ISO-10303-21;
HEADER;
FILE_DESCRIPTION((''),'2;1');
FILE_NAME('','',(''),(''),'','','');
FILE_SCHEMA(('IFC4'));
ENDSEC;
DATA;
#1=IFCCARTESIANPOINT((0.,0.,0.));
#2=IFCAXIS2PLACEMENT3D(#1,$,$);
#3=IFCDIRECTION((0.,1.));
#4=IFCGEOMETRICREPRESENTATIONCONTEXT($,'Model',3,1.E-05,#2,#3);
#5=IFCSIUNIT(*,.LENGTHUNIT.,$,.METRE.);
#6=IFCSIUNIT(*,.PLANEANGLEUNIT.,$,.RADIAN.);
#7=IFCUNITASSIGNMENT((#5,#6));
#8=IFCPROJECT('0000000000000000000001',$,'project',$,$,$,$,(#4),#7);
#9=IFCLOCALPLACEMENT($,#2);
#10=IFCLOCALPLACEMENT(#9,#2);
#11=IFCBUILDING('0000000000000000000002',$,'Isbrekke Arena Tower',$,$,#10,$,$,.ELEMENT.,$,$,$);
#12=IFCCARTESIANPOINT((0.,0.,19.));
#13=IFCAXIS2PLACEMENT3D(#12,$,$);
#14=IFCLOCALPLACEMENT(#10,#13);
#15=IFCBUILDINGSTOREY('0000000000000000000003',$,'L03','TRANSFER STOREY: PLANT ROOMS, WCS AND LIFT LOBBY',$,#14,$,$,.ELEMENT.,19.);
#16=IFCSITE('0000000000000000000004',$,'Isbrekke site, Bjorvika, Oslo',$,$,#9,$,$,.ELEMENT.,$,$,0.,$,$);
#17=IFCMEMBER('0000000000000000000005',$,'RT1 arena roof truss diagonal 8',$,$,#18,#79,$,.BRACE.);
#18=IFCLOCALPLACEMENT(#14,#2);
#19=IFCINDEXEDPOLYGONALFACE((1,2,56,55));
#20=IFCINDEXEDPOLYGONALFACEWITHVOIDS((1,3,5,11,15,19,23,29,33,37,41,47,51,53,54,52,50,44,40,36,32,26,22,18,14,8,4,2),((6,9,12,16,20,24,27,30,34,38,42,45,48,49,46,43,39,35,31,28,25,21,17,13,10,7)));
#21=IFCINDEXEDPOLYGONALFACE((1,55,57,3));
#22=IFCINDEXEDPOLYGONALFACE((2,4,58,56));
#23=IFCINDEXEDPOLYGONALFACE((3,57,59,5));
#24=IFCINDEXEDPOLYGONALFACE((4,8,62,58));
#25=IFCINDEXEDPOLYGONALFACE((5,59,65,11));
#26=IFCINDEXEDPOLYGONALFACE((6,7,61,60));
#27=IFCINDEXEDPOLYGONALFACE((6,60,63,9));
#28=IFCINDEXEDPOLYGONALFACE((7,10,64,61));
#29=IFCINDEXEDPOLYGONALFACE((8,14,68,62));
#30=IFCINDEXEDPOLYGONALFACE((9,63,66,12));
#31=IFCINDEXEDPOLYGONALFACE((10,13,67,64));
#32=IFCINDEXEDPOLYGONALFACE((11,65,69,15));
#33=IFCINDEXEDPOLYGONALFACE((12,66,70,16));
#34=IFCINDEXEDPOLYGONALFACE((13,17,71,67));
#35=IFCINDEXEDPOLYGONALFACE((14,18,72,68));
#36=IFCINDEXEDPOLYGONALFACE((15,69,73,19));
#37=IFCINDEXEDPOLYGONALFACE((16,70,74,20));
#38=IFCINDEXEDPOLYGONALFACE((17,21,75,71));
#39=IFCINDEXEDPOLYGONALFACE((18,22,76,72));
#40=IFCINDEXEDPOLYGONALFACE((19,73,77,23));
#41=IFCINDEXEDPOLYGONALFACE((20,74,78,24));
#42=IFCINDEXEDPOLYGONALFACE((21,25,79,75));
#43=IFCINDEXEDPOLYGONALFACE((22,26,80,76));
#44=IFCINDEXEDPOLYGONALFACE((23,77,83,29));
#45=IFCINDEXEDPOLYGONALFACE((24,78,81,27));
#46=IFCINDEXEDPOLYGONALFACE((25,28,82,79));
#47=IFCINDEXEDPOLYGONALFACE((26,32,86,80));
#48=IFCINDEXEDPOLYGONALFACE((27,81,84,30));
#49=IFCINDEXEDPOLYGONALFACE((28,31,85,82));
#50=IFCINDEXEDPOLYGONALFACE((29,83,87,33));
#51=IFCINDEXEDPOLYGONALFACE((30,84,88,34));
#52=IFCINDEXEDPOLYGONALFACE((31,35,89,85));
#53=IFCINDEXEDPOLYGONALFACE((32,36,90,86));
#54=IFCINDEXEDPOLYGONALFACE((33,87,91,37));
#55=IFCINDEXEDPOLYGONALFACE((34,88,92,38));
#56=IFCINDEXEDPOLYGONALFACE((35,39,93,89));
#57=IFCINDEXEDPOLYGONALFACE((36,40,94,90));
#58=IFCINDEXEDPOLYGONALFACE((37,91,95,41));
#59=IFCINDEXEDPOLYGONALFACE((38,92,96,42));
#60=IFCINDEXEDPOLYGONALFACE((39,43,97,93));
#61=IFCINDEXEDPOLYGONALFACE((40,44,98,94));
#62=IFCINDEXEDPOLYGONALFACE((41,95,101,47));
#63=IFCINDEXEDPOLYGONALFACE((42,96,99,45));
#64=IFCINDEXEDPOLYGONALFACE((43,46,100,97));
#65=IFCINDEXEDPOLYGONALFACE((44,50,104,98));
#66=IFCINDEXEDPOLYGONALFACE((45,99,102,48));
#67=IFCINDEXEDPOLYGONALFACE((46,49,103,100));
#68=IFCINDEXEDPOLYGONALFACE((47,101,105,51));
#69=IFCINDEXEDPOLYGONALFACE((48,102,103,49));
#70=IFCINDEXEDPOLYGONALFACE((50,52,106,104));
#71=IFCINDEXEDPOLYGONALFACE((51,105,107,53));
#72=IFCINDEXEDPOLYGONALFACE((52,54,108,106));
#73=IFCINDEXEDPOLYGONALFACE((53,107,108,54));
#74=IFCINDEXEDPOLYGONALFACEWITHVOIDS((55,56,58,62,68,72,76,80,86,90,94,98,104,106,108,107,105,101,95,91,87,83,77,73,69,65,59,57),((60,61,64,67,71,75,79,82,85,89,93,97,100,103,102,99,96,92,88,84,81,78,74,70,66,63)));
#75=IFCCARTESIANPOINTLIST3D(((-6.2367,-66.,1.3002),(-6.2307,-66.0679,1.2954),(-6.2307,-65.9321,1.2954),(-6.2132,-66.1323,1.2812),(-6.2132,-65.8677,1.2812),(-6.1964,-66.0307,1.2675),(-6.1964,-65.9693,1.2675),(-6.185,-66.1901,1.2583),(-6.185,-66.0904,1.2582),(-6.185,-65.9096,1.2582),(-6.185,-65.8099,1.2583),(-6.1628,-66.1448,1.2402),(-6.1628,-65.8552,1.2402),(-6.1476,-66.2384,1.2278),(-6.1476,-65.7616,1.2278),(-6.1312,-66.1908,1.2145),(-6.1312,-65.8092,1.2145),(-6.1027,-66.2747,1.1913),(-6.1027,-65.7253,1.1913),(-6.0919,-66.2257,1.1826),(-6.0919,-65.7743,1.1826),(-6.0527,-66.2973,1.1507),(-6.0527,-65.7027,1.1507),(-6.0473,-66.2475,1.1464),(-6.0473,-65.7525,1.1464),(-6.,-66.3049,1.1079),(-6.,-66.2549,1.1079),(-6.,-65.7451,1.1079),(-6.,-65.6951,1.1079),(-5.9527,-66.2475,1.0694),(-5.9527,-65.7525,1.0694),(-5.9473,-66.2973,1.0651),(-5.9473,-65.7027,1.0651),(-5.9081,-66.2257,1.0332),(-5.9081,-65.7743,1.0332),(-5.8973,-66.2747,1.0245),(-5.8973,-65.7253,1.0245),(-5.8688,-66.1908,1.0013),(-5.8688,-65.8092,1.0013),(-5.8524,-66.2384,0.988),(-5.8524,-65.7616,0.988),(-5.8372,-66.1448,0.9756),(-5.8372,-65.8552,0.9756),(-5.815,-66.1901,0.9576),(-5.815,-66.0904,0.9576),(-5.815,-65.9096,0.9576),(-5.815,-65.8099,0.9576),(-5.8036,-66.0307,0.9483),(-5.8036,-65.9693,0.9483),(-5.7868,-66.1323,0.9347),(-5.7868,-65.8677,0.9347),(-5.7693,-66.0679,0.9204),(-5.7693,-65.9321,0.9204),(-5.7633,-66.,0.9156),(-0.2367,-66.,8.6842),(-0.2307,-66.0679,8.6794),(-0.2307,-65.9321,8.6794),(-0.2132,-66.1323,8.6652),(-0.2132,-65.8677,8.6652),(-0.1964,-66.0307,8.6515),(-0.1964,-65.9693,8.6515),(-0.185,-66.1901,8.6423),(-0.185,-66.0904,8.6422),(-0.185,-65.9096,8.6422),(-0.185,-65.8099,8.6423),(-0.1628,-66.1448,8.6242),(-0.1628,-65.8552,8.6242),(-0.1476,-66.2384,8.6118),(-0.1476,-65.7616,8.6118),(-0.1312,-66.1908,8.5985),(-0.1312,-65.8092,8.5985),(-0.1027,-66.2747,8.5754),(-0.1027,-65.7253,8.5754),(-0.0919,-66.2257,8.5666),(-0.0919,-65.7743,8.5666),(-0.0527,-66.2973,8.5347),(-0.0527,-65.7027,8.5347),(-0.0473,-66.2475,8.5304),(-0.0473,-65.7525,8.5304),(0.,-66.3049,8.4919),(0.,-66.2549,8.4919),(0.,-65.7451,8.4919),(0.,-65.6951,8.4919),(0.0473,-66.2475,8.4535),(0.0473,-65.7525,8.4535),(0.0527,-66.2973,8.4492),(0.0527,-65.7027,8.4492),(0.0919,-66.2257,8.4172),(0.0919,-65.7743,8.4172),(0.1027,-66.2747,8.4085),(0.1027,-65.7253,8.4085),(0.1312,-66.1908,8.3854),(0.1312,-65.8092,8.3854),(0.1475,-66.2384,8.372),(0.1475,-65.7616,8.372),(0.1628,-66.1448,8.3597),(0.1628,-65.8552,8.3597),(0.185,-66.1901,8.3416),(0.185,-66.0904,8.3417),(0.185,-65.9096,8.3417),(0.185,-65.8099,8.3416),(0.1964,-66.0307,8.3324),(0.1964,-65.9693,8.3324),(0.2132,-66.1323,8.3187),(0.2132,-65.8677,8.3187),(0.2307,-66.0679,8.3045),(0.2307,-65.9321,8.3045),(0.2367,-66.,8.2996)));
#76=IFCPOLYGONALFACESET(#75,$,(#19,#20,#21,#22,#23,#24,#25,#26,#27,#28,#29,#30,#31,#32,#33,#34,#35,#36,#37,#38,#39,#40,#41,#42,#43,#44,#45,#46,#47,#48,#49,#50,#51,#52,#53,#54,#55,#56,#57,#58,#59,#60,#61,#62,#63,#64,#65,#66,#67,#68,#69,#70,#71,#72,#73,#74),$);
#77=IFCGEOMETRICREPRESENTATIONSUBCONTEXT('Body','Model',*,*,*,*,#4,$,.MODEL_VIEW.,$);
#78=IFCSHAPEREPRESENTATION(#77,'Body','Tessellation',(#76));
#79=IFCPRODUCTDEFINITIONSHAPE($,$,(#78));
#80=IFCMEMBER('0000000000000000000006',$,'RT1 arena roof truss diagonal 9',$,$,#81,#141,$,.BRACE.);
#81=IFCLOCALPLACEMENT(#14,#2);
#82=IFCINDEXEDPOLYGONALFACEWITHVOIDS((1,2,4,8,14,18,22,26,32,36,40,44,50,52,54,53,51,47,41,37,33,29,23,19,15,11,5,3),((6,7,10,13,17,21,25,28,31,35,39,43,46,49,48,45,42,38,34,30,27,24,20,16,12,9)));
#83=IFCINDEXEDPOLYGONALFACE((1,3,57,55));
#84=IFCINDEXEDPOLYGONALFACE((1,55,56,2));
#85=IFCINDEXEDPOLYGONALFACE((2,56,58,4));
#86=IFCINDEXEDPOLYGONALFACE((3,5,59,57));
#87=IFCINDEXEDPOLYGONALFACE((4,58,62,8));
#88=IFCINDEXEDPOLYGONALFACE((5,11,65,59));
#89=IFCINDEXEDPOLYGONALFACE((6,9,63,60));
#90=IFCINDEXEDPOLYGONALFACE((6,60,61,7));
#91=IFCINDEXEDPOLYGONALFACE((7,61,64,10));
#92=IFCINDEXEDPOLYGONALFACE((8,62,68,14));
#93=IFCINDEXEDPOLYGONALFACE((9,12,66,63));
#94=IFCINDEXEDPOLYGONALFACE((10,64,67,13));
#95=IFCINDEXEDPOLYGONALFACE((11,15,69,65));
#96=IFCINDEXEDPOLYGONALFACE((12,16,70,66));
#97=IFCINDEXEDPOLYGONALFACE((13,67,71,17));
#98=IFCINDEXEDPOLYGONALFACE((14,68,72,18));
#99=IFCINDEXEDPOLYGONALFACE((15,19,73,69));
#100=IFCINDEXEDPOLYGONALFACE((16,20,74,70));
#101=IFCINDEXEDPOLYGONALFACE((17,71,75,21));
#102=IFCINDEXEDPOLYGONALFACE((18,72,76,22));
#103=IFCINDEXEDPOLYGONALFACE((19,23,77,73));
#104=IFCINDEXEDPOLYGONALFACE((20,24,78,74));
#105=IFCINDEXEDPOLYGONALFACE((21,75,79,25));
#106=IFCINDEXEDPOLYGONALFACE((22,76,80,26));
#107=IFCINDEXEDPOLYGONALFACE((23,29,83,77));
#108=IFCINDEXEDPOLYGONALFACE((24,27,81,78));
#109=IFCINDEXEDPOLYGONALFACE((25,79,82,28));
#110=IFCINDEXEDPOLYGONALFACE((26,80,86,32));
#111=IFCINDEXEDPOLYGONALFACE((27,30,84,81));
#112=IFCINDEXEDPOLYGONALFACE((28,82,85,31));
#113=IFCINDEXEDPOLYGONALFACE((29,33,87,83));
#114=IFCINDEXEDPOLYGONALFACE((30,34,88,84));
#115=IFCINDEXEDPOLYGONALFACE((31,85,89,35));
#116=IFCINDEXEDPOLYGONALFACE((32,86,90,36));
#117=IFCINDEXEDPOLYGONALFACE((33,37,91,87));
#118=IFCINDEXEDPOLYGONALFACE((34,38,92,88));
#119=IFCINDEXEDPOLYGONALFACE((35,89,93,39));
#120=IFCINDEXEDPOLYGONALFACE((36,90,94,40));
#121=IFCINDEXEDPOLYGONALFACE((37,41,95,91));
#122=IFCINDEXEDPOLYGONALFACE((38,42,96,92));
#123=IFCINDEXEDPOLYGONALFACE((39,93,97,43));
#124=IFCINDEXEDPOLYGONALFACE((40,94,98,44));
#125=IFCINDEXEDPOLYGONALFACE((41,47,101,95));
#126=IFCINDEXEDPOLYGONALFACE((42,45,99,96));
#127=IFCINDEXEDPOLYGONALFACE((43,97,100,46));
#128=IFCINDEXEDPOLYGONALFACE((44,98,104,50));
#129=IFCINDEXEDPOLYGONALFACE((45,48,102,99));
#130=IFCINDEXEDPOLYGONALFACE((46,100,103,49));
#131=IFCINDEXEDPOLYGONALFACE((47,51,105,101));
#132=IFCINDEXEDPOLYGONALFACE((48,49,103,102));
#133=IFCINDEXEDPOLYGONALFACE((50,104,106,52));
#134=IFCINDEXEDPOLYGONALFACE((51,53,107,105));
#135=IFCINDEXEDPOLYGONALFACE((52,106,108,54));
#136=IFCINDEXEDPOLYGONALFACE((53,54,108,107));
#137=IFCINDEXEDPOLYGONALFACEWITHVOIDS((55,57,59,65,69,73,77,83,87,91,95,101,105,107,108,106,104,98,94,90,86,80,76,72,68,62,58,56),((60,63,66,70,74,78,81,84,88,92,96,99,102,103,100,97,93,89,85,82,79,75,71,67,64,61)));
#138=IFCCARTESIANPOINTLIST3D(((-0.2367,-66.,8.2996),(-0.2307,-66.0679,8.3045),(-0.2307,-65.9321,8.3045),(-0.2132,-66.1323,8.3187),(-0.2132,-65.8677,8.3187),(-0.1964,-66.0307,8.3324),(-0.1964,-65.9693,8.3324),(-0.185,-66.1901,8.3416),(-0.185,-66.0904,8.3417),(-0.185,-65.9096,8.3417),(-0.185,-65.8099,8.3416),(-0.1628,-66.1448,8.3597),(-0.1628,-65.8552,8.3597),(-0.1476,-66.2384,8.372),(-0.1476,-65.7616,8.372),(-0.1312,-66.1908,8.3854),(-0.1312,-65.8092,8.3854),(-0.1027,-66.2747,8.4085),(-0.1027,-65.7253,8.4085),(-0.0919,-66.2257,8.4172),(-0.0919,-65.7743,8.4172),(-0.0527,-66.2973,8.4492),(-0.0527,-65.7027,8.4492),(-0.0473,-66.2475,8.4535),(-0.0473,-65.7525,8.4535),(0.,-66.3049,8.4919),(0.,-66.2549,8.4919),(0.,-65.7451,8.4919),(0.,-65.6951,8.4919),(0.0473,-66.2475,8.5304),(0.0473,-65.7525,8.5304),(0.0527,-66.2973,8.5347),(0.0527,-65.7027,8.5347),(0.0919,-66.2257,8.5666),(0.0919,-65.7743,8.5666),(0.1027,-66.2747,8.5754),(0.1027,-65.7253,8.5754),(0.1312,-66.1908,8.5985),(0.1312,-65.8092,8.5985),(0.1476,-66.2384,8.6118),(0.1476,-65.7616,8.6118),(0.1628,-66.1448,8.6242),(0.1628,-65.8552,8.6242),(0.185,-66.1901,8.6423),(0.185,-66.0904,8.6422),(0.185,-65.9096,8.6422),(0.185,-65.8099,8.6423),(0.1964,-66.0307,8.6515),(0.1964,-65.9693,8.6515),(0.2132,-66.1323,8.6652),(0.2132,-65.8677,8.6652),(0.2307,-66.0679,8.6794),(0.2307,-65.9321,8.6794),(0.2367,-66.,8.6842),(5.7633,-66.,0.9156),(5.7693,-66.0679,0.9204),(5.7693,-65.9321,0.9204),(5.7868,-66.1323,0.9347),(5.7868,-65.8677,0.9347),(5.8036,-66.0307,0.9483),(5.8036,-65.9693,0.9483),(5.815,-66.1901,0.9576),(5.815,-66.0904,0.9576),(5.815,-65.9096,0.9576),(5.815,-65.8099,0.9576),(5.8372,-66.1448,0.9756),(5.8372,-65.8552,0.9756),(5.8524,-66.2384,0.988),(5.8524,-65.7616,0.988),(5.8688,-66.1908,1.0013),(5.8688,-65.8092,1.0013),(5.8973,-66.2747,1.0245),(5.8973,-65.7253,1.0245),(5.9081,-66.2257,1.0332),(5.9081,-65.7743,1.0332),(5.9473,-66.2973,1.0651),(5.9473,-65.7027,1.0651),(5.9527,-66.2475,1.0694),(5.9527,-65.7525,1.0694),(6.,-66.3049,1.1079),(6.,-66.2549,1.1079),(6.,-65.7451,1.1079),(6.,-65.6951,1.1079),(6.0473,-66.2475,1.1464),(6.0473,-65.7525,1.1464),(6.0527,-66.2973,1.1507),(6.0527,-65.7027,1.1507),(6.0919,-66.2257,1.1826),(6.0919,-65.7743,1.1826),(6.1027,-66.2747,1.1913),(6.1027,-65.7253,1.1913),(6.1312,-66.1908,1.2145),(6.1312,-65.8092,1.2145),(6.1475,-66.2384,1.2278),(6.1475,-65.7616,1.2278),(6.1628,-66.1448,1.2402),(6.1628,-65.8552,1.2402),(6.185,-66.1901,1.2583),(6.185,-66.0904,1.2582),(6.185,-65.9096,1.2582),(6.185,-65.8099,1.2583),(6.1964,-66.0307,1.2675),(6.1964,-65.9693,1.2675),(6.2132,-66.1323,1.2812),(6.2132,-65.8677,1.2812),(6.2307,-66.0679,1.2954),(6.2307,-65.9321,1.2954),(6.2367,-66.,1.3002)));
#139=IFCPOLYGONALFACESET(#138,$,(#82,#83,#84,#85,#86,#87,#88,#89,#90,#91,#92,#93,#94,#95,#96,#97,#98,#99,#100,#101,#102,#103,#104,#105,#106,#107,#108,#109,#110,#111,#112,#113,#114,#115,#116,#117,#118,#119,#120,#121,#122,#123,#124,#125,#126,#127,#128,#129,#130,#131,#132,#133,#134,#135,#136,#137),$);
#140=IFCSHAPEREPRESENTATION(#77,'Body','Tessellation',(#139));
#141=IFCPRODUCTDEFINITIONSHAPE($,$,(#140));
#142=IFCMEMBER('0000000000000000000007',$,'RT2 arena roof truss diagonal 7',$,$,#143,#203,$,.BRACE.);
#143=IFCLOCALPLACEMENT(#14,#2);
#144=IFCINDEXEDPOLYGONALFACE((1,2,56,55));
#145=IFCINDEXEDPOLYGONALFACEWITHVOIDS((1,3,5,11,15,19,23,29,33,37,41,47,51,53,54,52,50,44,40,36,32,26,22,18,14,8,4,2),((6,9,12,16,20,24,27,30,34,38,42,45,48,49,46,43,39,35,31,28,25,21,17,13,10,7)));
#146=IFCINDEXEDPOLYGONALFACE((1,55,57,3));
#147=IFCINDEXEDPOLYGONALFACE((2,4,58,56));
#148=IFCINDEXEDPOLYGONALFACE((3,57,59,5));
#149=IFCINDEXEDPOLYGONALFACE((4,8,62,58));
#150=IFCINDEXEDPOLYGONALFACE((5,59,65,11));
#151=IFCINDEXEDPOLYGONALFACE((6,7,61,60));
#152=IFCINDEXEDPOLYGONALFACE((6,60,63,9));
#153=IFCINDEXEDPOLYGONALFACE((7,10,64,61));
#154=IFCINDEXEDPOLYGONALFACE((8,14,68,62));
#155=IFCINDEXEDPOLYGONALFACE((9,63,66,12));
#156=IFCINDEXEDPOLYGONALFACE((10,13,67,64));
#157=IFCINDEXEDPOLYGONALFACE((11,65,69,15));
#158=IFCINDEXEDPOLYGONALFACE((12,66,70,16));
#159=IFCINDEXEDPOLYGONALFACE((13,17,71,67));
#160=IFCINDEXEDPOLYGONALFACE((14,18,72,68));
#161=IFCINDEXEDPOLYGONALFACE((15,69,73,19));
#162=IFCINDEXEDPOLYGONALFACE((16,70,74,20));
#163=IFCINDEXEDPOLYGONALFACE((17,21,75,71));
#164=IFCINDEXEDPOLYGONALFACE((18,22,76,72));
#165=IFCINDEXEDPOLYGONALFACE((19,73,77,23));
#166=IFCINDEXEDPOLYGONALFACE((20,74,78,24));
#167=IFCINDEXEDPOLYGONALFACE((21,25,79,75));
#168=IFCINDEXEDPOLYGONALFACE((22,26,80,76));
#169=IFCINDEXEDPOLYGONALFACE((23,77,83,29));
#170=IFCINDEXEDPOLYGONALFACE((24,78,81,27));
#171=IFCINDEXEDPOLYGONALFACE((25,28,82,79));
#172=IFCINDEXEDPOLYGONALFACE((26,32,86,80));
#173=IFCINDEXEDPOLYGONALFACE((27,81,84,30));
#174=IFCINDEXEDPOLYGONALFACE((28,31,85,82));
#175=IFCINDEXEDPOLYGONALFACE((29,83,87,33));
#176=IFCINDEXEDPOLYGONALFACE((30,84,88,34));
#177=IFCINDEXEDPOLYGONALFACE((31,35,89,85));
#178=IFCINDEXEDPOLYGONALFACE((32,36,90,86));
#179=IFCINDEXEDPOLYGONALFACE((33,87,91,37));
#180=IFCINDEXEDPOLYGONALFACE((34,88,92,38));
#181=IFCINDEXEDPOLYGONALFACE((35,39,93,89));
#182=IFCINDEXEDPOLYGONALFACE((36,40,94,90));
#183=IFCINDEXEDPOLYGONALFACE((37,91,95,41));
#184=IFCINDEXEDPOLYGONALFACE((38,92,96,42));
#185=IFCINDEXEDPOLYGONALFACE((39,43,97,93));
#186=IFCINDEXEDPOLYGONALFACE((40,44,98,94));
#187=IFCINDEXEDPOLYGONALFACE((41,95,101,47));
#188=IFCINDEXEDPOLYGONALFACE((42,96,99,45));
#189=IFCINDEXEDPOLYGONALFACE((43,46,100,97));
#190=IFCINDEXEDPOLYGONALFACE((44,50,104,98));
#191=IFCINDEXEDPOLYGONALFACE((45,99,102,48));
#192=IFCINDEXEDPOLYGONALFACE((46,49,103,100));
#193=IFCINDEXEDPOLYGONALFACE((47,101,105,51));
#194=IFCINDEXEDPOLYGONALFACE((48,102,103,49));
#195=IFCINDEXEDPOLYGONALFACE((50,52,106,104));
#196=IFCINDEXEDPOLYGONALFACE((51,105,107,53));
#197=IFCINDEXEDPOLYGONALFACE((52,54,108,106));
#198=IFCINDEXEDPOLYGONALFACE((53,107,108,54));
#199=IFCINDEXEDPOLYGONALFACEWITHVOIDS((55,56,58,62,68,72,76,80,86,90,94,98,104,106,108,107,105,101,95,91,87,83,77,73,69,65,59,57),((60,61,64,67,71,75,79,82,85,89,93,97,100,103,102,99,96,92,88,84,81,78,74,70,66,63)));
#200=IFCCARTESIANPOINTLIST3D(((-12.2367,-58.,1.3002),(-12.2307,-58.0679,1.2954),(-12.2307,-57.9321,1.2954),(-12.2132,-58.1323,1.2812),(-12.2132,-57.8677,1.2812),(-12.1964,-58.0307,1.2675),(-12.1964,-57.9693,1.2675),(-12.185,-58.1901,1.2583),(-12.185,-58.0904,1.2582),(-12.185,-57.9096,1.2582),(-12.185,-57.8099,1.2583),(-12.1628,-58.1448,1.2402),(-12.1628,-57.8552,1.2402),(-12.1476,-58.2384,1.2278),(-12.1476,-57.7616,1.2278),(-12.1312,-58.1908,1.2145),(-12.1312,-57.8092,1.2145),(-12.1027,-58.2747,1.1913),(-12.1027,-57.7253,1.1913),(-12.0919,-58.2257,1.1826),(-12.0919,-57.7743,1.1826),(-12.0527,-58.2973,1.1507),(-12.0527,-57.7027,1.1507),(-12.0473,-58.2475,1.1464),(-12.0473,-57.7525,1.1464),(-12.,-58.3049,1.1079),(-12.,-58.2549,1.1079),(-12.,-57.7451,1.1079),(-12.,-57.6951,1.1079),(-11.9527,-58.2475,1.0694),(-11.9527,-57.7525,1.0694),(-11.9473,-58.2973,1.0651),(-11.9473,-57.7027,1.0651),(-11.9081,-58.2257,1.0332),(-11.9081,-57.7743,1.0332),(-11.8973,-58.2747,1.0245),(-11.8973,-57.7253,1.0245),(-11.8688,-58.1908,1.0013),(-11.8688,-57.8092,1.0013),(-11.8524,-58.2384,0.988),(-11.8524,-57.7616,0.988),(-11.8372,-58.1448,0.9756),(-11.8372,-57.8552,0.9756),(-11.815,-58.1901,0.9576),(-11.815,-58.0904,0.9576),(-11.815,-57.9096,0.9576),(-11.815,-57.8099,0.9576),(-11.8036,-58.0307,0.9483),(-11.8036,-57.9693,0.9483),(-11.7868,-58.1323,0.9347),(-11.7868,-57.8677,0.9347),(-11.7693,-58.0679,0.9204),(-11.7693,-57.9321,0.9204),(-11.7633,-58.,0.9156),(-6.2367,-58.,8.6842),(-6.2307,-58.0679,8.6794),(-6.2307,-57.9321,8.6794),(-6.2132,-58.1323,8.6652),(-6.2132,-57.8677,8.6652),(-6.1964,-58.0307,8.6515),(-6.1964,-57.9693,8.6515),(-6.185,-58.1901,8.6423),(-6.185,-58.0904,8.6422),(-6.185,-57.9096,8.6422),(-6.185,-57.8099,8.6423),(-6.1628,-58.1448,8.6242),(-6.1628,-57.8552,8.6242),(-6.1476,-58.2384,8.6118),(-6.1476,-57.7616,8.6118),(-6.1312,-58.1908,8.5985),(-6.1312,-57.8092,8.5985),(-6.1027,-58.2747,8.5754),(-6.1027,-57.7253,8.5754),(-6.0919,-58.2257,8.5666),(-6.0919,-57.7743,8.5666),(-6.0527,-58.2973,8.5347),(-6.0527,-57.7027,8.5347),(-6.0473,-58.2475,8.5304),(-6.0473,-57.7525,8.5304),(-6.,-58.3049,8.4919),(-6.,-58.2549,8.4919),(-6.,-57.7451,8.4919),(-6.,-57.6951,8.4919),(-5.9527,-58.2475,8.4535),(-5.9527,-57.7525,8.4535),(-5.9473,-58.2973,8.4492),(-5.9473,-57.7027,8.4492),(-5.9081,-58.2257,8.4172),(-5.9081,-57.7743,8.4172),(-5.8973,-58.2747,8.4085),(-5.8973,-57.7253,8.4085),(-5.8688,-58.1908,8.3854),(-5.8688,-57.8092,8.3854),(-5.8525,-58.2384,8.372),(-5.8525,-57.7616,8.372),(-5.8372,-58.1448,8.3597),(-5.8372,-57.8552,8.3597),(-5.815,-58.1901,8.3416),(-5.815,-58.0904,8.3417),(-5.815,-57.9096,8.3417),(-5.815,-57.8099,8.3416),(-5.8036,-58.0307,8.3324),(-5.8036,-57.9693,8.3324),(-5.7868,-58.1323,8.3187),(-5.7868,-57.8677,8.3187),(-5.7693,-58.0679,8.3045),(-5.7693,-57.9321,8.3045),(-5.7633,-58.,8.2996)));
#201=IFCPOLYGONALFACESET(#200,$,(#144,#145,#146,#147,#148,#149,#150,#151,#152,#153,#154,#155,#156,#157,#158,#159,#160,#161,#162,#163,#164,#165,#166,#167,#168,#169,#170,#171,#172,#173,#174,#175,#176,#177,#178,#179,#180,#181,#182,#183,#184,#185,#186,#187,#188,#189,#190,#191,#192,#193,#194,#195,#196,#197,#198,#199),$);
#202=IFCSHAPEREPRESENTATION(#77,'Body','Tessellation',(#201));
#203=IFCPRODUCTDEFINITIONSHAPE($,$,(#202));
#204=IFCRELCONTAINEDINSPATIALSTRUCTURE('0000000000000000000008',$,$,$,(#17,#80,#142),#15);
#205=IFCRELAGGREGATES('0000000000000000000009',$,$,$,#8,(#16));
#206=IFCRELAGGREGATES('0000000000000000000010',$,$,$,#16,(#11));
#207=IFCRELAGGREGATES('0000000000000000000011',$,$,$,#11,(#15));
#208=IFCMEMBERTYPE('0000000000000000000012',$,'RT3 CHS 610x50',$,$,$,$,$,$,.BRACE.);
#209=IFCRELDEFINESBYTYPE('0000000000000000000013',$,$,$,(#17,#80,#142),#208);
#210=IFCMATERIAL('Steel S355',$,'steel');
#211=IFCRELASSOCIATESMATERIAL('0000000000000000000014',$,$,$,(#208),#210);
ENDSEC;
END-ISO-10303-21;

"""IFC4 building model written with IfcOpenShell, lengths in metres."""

from ifc_helpers import new_model, si_unit, direction, frame, origin, origin_2d, place, context, subcontext, project, spatial, hollow_circle, extrude, material, material_profile, profile_set, type_object, element, save


model = new_model("IFC4")

# Units and contexts
model_context = context("Model", 3, precision=1e-05, world=origin(), true_north=direction((0.0, 1.0)))
body_context = subcontext(model_context, "Body", "Model", "MODEL_VIEW")
ifc_project = project(units=[si_unit("LENGTHUNIT", "METRE"), si_unit("PLANEANGLEUNIT", "RADIAN")], contexts=[model_context])

# Site, building, storey
site_placement = place(None, origin())
site = spatial("IfcSite", under=ifc_project, at=site_placement, Name="Isbrekke site, Bjorvika, Oslo", CompositionType="ELEMENT", RefElevation=0.0)
building_placement = place(site_placement, origin())
building = spatial("IfcBuilding", under=site, at=building_placement, Name="Isbrekke Arena Tower", CompositionType="ELEMENT")
storey_placement = place(building_placement, frame((0.0, 0.0, 19.0)))
storey = spatial("IfcBuildingStorey", under=building, at=storey_placement, Name="L03", Description="TRANSFER STOREY: PLANT ROOMS, WCS AND LIFT LOBBY", CompositionType="ELEMENT", Elevation=19.0)

# Members
ifc_material_1 = material(Name="Steel S355", Category="steel")
ifc_material_profile_1 = material_profile(ifc_material_1, hollow_circle(Radius=0.3049, WallThickness=0.05, at=origin_2d()), Name="CHS 610x50")
ifc_profile_set_1 = profile_set([ifc_material_profile_1], Name="Steel S355")
member_type_1 = type_object("IfcMemberType", Name="RT3 CHS 610x50", PredefinedType="BRACE", material=ifc_profile_set_1)
for number, where, z_axis, x_axis, name in (
    (1, (-6.0, -66.0, 1.1079), (0.630623, 0.0, 0.77609), (0.0, 1.0, 0.0), "RT1 arena roof truss diagonal 8"),
    (2, (0.0, -66.0, 8.4919), (0.630623, 0.0, -0.77609), (0.0, 1.0, 0.0), "RT1 arena roof truss diagonal 9"),
    (3, (-12.0, -58.0, 1.1079), (0.630623, 0.0, 0.77609), (0.0, 1.0, 0.0), "RT2 arena roof truss diagonal 7"),
):
    element("IfcMember", number, at=place(storey_placement, frame(where, z_axis=z_axis, x_axis=x_axis)), inside=storey, type_object=member_type_1, Name=name, PredefinedType="BRACE", context=body_context, shape_type="SweptSolid", body=[
        extrude(hollow_circle(Radius=0.3049, WallThickness=0.05, at=origin_2d()), origin(), (0.0, 0.0, 1.0), 9.5144),
    ])

save(model, "model.ifc")
